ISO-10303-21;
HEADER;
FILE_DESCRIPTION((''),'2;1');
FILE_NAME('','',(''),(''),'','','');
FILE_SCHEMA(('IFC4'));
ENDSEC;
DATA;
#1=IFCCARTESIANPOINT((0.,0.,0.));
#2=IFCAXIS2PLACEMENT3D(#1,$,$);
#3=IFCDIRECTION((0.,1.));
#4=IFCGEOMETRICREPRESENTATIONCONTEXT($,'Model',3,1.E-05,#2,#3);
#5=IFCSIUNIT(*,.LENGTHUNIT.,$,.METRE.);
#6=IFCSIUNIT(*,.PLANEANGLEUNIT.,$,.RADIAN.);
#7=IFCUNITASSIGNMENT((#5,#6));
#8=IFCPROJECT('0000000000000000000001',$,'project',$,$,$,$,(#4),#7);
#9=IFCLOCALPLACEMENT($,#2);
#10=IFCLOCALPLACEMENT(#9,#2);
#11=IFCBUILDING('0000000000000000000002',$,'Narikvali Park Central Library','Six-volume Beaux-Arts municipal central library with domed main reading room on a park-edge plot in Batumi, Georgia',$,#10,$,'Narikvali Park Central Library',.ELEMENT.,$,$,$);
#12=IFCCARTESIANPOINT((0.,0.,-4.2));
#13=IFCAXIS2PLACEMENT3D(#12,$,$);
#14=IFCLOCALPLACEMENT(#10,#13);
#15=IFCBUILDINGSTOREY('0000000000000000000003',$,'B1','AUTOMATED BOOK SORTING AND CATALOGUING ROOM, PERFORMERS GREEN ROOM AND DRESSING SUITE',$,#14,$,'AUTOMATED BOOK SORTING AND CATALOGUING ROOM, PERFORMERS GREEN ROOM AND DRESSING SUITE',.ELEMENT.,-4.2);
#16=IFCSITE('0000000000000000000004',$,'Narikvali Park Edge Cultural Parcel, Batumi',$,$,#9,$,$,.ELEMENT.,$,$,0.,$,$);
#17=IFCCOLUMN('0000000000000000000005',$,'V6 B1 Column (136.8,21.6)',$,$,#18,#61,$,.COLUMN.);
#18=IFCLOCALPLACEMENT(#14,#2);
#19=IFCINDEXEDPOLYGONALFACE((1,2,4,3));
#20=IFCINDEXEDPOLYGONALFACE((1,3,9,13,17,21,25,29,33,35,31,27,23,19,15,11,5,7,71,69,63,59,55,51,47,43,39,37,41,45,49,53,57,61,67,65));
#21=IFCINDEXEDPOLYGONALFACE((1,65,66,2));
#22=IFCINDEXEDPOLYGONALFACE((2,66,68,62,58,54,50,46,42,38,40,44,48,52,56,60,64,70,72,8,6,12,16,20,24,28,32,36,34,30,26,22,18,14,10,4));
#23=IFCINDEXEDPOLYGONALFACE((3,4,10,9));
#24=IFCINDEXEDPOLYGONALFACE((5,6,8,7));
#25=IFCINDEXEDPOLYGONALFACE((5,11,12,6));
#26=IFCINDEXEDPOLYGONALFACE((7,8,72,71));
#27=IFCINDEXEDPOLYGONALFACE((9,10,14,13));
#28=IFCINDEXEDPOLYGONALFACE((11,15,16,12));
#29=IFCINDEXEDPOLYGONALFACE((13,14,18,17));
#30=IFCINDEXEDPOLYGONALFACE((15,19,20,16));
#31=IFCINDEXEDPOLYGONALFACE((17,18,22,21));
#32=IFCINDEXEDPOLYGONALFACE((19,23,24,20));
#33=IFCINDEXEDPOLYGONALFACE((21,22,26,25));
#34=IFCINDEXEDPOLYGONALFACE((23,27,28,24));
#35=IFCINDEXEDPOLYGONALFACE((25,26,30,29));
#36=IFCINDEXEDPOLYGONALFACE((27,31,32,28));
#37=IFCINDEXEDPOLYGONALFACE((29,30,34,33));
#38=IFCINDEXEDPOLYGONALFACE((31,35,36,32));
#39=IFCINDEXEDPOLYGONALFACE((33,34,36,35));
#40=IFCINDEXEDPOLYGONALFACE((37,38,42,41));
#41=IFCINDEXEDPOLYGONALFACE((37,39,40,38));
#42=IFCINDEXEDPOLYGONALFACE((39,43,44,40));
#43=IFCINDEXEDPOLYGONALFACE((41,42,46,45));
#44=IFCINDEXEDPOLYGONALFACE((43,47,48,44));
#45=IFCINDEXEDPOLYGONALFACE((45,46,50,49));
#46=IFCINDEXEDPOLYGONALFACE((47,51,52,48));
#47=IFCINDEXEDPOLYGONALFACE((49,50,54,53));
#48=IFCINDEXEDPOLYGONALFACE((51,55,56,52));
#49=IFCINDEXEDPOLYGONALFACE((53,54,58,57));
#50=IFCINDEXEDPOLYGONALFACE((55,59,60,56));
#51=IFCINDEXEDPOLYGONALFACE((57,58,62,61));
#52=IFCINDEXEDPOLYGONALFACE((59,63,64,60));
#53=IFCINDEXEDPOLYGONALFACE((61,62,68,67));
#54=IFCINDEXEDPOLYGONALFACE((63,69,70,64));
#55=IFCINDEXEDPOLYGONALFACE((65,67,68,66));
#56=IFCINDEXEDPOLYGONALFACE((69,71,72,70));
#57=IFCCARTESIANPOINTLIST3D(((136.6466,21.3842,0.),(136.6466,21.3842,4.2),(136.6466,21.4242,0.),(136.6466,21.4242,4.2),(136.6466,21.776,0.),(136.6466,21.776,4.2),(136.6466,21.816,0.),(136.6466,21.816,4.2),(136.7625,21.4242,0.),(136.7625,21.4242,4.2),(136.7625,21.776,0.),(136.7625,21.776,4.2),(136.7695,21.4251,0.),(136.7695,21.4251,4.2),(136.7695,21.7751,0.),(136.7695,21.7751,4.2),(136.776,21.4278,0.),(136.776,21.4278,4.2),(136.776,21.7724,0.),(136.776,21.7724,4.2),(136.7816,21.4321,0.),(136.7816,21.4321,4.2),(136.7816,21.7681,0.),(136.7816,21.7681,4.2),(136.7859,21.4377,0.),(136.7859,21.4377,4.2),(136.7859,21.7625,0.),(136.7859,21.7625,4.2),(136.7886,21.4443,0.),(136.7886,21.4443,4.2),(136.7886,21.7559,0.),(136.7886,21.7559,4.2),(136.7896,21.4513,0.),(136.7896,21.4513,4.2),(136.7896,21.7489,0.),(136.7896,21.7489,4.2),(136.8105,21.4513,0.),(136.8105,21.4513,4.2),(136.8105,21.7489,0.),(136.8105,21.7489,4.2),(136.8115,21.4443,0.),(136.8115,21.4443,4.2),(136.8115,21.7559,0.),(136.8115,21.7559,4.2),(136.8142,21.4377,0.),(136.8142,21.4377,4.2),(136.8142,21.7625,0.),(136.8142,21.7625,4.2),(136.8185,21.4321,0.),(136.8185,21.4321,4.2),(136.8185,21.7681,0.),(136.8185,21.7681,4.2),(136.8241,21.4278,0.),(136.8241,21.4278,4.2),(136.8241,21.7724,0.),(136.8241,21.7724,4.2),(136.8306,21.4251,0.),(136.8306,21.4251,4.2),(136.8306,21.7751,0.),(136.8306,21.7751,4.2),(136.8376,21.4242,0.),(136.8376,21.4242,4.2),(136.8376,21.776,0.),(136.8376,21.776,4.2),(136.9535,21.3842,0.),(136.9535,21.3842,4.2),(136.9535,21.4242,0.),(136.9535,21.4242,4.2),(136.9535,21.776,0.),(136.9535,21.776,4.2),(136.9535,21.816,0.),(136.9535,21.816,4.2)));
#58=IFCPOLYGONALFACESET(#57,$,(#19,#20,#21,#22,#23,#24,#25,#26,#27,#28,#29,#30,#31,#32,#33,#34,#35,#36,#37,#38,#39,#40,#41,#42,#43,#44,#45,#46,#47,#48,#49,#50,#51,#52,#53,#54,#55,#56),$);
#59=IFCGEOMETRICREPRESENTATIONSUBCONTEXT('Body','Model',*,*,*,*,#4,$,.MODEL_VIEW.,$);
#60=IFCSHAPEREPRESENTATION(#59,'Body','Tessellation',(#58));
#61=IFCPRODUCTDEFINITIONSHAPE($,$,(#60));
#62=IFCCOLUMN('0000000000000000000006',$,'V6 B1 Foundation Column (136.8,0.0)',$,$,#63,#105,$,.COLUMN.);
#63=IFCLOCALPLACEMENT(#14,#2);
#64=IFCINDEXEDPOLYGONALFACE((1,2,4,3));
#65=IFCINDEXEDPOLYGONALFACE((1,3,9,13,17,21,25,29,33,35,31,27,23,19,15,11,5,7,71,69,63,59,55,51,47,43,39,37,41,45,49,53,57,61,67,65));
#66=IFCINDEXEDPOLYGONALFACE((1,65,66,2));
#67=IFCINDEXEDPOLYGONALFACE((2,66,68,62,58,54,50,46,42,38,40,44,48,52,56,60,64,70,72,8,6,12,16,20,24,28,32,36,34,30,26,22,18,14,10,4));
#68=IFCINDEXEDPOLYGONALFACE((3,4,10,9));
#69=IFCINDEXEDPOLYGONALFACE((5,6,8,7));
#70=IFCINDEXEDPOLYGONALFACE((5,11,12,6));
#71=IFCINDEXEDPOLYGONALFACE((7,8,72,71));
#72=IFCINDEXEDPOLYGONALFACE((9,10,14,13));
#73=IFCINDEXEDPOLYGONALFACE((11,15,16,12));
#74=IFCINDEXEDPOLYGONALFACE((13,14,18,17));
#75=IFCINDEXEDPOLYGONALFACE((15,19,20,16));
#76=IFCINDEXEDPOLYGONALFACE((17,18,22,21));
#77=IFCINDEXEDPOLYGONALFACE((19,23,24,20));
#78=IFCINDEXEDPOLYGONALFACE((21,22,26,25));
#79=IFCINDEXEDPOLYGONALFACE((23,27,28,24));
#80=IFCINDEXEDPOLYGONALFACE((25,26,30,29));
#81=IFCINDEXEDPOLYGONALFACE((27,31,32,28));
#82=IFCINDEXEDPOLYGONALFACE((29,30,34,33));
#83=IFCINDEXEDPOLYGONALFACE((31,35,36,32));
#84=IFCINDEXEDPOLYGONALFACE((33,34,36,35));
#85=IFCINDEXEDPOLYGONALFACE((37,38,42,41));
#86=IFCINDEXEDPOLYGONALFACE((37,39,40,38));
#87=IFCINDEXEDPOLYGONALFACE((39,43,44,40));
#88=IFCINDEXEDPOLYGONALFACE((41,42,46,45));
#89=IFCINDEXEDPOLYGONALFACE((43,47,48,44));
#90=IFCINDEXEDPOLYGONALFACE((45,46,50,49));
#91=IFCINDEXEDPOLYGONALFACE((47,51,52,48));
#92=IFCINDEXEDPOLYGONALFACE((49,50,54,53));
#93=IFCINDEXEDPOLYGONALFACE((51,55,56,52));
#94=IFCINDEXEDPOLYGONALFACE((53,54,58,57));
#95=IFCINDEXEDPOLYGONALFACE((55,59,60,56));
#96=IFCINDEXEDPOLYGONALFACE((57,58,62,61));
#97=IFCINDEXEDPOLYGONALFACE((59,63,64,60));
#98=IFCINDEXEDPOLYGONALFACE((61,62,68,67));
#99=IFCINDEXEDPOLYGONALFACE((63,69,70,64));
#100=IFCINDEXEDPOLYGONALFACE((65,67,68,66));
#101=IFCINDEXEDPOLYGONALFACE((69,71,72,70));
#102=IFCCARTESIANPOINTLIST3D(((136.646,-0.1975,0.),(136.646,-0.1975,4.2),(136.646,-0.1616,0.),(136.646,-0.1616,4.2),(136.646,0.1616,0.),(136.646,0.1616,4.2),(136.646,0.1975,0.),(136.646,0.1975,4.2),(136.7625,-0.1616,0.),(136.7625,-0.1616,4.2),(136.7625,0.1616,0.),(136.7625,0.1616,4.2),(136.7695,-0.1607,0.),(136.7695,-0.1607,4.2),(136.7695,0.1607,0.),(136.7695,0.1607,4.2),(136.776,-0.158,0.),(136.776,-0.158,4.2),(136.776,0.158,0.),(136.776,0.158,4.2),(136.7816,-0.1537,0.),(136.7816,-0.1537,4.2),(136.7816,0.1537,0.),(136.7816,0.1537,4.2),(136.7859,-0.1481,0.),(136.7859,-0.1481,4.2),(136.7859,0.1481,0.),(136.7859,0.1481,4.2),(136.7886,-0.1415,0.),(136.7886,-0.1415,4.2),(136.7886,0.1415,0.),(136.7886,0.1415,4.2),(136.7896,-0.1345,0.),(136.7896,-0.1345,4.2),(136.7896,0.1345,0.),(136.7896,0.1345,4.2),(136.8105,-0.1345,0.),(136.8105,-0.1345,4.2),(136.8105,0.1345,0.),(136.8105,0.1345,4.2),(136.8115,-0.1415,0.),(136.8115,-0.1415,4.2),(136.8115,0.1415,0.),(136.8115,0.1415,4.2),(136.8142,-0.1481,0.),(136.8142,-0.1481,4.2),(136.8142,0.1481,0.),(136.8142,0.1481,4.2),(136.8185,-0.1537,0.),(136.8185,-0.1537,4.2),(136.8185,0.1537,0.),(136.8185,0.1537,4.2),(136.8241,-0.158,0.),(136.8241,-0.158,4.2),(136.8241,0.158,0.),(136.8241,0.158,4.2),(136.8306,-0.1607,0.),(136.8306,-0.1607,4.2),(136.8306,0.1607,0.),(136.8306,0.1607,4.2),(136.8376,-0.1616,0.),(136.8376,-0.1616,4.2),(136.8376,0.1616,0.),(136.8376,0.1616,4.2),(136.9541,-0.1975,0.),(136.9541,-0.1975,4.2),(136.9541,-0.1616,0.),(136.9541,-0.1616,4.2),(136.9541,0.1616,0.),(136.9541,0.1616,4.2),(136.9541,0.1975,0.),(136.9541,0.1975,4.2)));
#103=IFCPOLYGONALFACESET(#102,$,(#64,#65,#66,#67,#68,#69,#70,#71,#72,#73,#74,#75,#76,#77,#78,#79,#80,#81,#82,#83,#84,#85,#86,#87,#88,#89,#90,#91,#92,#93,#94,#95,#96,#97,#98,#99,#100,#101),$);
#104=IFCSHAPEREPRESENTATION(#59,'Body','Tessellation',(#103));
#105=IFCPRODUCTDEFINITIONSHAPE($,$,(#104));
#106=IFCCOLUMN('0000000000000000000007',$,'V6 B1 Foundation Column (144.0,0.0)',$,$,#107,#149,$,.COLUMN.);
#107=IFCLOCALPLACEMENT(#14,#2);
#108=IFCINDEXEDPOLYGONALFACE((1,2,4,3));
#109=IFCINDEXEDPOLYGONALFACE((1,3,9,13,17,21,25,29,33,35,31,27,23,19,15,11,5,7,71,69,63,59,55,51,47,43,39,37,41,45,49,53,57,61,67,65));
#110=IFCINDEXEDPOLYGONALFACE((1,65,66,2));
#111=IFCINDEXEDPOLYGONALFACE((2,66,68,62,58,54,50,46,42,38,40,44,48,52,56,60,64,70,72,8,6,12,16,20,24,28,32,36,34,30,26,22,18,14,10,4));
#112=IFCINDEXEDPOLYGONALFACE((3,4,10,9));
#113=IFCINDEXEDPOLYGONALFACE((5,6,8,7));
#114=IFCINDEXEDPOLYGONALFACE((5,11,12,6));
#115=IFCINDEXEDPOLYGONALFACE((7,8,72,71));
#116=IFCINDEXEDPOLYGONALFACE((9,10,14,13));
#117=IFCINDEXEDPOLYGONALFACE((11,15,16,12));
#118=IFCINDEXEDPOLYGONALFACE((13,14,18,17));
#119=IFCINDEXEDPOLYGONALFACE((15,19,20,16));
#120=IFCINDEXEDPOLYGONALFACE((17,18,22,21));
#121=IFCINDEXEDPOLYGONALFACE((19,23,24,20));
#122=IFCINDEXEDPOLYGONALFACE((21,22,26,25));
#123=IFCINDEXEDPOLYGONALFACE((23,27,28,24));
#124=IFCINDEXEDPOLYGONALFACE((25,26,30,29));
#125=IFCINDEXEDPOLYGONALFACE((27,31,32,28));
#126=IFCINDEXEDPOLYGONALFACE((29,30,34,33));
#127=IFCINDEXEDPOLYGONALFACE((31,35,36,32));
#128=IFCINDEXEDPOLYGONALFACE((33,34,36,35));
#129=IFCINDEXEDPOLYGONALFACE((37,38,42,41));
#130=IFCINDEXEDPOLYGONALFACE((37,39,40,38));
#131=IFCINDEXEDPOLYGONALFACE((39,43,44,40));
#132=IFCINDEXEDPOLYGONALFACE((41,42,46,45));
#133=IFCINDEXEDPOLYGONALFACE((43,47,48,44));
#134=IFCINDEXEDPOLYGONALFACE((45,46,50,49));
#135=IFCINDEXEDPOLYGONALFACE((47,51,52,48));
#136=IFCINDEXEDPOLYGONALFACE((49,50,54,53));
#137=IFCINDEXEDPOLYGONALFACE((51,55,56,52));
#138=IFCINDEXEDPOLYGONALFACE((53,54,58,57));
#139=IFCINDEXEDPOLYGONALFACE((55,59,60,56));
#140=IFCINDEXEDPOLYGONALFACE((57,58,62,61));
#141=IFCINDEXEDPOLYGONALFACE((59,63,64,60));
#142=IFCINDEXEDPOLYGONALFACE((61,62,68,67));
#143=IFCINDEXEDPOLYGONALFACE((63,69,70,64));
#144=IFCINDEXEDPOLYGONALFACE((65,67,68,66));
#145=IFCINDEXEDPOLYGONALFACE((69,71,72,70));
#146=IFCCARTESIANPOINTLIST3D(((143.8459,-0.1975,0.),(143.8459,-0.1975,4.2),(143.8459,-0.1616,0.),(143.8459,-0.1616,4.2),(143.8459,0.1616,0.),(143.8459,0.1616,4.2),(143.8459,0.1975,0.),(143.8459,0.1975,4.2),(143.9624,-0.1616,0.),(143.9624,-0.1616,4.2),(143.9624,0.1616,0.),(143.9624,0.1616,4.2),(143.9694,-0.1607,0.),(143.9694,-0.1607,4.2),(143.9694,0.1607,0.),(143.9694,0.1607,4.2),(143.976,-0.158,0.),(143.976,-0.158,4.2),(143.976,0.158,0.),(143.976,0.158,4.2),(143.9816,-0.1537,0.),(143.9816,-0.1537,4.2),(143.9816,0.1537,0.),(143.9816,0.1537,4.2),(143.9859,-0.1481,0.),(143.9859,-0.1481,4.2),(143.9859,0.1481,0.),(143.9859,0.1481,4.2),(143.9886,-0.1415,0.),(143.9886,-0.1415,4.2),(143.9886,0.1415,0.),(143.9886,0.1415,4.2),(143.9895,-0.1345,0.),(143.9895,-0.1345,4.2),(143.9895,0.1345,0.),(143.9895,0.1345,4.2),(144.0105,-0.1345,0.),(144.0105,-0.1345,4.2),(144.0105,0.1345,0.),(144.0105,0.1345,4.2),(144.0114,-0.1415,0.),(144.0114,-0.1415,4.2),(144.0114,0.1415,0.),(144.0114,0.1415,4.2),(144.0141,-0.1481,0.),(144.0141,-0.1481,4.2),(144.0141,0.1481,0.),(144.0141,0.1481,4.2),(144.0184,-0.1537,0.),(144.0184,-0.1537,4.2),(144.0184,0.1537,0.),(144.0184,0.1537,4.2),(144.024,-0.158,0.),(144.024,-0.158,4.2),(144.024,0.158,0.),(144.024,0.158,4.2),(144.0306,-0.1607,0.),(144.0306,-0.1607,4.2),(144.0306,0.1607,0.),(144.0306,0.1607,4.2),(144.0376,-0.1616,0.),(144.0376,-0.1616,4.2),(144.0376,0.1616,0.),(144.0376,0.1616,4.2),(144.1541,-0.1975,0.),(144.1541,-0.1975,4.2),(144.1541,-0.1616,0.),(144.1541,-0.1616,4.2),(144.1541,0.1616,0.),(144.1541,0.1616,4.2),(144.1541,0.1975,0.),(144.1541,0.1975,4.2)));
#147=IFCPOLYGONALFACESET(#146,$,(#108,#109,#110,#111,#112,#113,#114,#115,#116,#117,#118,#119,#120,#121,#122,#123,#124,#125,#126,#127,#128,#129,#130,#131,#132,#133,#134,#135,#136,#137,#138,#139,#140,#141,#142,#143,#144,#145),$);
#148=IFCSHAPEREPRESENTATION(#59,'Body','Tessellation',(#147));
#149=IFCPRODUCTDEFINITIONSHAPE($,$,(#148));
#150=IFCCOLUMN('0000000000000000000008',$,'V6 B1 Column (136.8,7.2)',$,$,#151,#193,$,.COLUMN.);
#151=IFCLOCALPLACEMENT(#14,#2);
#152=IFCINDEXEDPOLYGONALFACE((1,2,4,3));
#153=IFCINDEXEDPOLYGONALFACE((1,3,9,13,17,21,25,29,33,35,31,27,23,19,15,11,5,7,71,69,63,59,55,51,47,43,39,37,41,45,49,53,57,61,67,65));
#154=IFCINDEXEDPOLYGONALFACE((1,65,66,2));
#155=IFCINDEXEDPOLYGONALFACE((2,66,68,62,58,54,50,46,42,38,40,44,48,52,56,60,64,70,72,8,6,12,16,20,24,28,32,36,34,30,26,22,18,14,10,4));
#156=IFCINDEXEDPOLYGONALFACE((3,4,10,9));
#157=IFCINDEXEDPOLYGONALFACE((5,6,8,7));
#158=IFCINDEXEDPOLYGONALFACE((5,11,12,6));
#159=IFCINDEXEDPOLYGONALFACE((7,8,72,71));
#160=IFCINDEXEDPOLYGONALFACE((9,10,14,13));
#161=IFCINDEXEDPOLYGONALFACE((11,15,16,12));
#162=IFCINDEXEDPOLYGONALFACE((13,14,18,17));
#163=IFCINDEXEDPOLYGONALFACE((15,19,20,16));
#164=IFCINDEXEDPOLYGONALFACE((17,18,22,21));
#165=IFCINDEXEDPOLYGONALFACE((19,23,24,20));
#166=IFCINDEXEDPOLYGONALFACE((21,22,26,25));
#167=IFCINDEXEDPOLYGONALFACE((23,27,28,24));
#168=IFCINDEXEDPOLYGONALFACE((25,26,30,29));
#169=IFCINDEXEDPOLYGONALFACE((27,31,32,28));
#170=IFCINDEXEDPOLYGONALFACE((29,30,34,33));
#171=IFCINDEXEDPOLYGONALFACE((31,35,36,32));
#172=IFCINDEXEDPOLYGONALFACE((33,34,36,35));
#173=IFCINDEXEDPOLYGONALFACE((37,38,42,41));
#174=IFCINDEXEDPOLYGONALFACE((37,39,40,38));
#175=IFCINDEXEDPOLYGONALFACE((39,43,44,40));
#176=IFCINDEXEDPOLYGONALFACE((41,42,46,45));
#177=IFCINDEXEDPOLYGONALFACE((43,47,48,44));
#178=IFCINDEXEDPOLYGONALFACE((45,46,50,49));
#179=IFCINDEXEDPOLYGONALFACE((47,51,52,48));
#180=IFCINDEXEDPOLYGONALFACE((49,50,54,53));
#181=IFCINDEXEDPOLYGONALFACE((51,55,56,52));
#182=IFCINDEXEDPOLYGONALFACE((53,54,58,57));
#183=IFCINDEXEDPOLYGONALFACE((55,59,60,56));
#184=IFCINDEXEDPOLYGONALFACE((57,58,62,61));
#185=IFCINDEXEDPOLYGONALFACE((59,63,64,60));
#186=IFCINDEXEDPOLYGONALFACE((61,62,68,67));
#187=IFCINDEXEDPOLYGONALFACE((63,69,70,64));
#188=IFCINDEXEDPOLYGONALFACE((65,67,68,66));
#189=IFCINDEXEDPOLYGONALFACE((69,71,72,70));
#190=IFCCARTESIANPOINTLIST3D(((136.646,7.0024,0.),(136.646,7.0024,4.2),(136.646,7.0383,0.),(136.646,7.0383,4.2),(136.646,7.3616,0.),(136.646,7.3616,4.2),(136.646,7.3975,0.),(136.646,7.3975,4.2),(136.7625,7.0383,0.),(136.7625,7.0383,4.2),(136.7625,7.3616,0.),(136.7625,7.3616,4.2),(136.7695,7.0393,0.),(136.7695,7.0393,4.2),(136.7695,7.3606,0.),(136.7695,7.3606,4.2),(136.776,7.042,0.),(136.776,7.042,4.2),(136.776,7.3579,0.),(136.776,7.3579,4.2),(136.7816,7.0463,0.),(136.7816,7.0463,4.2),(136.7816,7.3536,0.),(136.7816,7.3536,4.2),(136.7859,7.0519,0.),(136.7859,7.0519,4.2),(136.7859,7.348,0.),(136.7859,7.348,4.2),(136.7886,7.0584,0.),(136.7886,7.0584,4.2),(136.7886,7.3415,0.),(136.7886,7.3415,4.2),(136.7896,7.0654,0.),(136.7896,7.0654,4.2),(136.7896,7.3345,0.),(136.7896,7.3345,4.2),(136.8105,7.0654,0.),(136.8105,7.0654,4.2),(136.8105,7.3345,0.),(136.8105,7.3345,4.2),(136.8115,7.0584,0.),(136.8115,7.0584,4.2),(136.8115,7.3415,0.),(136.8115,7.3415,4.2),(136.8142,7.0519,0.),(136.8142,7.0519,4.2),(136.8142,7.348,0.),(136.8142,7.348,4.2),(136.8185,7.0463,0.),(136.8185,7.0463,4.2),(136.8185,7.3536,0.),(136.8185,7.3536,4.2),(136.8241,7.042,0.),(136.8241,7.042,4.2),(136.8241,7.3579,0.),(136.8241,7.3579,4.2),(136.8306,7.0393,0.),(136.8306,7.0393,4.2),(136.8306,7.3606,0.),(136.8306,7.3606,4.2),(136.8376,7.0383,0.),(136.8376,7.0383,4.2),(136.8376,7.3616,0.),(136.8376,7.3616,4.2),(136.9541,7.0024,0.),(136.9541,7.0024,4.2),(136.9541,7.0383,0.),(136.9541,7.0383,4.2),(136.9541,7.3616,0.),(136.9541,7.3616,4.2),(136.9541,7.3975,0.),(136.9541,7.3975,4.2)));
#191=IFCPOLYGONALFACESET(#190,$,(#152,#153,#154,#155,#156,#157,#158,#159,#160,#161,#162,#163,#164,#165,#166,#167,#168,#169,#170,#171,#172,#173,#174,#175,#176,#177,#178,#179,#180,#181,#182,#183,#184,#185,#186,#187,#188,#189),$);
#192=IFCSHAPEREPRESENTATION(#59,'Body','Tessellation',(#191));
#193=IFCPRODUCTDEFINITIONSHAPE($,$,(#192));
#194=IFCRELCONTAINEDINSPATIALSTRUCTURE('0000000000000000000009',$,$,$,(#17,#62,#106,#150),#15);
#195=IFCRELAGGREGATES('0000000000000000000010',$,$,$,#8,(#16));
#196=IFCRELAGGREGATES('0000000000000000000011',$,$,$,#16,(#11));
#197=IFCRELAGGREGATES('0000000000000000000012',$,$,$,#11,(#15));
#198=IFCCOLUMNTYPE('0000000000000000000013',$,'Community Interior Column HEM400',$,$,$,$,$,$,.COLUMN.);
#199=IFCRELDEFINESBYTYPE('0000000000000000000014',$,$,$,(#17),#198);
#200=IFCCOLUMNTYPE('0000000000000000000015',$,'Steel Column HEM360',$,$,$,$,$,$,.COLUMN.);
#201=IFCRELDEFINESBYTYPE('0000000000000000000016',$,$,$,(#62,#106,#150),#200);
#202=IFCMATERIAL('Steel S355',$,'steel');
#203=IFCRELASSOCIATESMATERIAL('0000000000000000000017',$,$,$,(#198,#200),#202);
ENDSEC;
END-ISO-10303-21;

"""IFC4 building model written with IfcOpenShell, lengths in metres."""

from ifc_helpers import new_model, si_unit, direction, frame, origin, origin_2d, place, context, subcontext, project, spatial, i_section, extrude, material, material_profile, profile_set, type_object, element, save


model = new_model("IFC4")

# Units and contexts
model_context = context("Model", 3, precision=1e-05, world=origin(), true_north=direction((0.0, 1.0)))
body_context = subcontext(model_context, "Body", "Model", "MODEL_VIEW")
ifc_project = project(units=[si_unit("LENGTHUNIT", "METRE"), si_unit("PLANEANGLEUNIT", "RADIAN")], contexts=[model_context])

# Site, building, storey
site_placement = place(None, origin())
site = spatial("IfcSite", under=ifc_project, at=site_placement, Name="Narikvali Park Edge Cultural Parcel, Batumi", CompositionType="ELEMENT", RefElevation=0.0)
building_placement = place(site_placement, origin())
building = spatial("IfcBuilding", under=site, at=building_placement, Name="Narikvali Park Central Library", Description="Six-volume Beaux-Arts municipal central library with domed main reading room on a park-edge plot in Batumi, Georgia", LongName="Narikvali Park Central Library", CompositionType="ELEMENT")
storey_placement = place(building_placement, frame((0.0, 0.0, -4.2)))
storey = spatial("IfcBuildingStorey", under=building, at=storey_placement, Name="B1", Description="AUTOMATED BOOK SORTING AND CATALOGUING ROOM, PERFORMERS GREEN ROOM AND DRESSING SUITE", LongName="AUTOMATED BOOK SORTING AND CATALOGUING ROOM, PERFORMERS GREEN ROOM AND DRESSING SUITE", CompositionType="ELEMENT", Elevation=-4.2)

# Columns
ifc_material_1 = material(Name="Steel S355", Category="steel")
ifc_material_profile_1 = material_profile(ifc_material_1, i_section(OverallWidth=0.3069, OverallDepth=0.4319, WebThickness=0.021, FlangeThickness=0.04, FilletRadius=0.0271, at=origin_2d()), Name="HEM 400")
ifc_profile_set_1 = profile_set([ifc_material_profile_1], Name="Steel S355")
column_type_1 = type_object("IfcColumnType", Name="Community Interior Column HEM400", PredefinedType="COLUMN", material=ifc_profile_set_1)
for number, where, z_axis, x_axis, name in (
    (1, (136.8, 21.6001, 0.0), (0.0, 0.0, 1.0), (1.0, 0.0, 0.0), "V6 B1 Column (136.8,21.6)"),
):
    element("IfcColumn", number, at=place(storey_placement, frame(where, z_axis=z_axis, x_axis=x_axis)), inside=storey, type_object=column_type_1, Name=name, PredefinedType="COLUMN", context=body_context, shape_type="SweptSolid", body=[
        extrude(i_section(OverallWidth=0.3069, OverallDepth=0.4319, WebThickness=0.021, FlangeThickness=0.04, FilletRadius=0.0271, at=origin_2d()), origin(), (0.0, 0.0, 1.0), 4.2),
    ])
ifc_material_profile_2 = material_profile(ifc_material_1, i_section(OverallWidth=0.3081, OverallDepth=0.395, WebThickness=0.021, FlangeThickness=0.0359, FilletRadius=0.0271, at=origin_2d()), Name="HEM 360")
ifc_profile_set_2 = profile_set([ifc_material_profile_2], Name="Steel S355")
column_type_2 = type_object("IfcColumnType", Name="Steel Column HEM360", PredefinedType="COLUMN", material=ifc_profile_set_2)
for number, where, z_axis, x_axis, name in (
    (2, (136.8, 0.0, 0.0), (0.0, 0.0, 1.0), (1.0, 0.0, 0.0), "V6 B1 Foundation Column (136.8,0.0)"),
    (3, (144.0, 0.0, 0.0), (0.0, 0.0, 1.0), (1.0, 0.0, 0.0), "V6 B1 Foundation Column (144.0,0.0)"),
    (4, (136.8, 7.2, 0.0), (0.0, 0.0, 1.0), (1.0, 0.0, 0.0), "V6 B1 Column (136.8,7.2)"),
):
    element("IfcColumn", number, at=place(storey_placement, frame(where, z_axis=z_axis, x_axis=x_axis)), inside=storey, type_object=column_type_2, Name=name, PredefinedType="COLUMN", context=body_context, shape_type="SweptSolid", body=[
        extrude(i_section(OverallWidth=0.3081, OverallDepth=0.395, WebThickness=0.021, FlangeThickness=0.0359, FilletRadius=0.0271, at=origin_2d()), origin(), (0.0, 0.0, 1.0), 4.2),
    ])

save(model, "model.ifc")
